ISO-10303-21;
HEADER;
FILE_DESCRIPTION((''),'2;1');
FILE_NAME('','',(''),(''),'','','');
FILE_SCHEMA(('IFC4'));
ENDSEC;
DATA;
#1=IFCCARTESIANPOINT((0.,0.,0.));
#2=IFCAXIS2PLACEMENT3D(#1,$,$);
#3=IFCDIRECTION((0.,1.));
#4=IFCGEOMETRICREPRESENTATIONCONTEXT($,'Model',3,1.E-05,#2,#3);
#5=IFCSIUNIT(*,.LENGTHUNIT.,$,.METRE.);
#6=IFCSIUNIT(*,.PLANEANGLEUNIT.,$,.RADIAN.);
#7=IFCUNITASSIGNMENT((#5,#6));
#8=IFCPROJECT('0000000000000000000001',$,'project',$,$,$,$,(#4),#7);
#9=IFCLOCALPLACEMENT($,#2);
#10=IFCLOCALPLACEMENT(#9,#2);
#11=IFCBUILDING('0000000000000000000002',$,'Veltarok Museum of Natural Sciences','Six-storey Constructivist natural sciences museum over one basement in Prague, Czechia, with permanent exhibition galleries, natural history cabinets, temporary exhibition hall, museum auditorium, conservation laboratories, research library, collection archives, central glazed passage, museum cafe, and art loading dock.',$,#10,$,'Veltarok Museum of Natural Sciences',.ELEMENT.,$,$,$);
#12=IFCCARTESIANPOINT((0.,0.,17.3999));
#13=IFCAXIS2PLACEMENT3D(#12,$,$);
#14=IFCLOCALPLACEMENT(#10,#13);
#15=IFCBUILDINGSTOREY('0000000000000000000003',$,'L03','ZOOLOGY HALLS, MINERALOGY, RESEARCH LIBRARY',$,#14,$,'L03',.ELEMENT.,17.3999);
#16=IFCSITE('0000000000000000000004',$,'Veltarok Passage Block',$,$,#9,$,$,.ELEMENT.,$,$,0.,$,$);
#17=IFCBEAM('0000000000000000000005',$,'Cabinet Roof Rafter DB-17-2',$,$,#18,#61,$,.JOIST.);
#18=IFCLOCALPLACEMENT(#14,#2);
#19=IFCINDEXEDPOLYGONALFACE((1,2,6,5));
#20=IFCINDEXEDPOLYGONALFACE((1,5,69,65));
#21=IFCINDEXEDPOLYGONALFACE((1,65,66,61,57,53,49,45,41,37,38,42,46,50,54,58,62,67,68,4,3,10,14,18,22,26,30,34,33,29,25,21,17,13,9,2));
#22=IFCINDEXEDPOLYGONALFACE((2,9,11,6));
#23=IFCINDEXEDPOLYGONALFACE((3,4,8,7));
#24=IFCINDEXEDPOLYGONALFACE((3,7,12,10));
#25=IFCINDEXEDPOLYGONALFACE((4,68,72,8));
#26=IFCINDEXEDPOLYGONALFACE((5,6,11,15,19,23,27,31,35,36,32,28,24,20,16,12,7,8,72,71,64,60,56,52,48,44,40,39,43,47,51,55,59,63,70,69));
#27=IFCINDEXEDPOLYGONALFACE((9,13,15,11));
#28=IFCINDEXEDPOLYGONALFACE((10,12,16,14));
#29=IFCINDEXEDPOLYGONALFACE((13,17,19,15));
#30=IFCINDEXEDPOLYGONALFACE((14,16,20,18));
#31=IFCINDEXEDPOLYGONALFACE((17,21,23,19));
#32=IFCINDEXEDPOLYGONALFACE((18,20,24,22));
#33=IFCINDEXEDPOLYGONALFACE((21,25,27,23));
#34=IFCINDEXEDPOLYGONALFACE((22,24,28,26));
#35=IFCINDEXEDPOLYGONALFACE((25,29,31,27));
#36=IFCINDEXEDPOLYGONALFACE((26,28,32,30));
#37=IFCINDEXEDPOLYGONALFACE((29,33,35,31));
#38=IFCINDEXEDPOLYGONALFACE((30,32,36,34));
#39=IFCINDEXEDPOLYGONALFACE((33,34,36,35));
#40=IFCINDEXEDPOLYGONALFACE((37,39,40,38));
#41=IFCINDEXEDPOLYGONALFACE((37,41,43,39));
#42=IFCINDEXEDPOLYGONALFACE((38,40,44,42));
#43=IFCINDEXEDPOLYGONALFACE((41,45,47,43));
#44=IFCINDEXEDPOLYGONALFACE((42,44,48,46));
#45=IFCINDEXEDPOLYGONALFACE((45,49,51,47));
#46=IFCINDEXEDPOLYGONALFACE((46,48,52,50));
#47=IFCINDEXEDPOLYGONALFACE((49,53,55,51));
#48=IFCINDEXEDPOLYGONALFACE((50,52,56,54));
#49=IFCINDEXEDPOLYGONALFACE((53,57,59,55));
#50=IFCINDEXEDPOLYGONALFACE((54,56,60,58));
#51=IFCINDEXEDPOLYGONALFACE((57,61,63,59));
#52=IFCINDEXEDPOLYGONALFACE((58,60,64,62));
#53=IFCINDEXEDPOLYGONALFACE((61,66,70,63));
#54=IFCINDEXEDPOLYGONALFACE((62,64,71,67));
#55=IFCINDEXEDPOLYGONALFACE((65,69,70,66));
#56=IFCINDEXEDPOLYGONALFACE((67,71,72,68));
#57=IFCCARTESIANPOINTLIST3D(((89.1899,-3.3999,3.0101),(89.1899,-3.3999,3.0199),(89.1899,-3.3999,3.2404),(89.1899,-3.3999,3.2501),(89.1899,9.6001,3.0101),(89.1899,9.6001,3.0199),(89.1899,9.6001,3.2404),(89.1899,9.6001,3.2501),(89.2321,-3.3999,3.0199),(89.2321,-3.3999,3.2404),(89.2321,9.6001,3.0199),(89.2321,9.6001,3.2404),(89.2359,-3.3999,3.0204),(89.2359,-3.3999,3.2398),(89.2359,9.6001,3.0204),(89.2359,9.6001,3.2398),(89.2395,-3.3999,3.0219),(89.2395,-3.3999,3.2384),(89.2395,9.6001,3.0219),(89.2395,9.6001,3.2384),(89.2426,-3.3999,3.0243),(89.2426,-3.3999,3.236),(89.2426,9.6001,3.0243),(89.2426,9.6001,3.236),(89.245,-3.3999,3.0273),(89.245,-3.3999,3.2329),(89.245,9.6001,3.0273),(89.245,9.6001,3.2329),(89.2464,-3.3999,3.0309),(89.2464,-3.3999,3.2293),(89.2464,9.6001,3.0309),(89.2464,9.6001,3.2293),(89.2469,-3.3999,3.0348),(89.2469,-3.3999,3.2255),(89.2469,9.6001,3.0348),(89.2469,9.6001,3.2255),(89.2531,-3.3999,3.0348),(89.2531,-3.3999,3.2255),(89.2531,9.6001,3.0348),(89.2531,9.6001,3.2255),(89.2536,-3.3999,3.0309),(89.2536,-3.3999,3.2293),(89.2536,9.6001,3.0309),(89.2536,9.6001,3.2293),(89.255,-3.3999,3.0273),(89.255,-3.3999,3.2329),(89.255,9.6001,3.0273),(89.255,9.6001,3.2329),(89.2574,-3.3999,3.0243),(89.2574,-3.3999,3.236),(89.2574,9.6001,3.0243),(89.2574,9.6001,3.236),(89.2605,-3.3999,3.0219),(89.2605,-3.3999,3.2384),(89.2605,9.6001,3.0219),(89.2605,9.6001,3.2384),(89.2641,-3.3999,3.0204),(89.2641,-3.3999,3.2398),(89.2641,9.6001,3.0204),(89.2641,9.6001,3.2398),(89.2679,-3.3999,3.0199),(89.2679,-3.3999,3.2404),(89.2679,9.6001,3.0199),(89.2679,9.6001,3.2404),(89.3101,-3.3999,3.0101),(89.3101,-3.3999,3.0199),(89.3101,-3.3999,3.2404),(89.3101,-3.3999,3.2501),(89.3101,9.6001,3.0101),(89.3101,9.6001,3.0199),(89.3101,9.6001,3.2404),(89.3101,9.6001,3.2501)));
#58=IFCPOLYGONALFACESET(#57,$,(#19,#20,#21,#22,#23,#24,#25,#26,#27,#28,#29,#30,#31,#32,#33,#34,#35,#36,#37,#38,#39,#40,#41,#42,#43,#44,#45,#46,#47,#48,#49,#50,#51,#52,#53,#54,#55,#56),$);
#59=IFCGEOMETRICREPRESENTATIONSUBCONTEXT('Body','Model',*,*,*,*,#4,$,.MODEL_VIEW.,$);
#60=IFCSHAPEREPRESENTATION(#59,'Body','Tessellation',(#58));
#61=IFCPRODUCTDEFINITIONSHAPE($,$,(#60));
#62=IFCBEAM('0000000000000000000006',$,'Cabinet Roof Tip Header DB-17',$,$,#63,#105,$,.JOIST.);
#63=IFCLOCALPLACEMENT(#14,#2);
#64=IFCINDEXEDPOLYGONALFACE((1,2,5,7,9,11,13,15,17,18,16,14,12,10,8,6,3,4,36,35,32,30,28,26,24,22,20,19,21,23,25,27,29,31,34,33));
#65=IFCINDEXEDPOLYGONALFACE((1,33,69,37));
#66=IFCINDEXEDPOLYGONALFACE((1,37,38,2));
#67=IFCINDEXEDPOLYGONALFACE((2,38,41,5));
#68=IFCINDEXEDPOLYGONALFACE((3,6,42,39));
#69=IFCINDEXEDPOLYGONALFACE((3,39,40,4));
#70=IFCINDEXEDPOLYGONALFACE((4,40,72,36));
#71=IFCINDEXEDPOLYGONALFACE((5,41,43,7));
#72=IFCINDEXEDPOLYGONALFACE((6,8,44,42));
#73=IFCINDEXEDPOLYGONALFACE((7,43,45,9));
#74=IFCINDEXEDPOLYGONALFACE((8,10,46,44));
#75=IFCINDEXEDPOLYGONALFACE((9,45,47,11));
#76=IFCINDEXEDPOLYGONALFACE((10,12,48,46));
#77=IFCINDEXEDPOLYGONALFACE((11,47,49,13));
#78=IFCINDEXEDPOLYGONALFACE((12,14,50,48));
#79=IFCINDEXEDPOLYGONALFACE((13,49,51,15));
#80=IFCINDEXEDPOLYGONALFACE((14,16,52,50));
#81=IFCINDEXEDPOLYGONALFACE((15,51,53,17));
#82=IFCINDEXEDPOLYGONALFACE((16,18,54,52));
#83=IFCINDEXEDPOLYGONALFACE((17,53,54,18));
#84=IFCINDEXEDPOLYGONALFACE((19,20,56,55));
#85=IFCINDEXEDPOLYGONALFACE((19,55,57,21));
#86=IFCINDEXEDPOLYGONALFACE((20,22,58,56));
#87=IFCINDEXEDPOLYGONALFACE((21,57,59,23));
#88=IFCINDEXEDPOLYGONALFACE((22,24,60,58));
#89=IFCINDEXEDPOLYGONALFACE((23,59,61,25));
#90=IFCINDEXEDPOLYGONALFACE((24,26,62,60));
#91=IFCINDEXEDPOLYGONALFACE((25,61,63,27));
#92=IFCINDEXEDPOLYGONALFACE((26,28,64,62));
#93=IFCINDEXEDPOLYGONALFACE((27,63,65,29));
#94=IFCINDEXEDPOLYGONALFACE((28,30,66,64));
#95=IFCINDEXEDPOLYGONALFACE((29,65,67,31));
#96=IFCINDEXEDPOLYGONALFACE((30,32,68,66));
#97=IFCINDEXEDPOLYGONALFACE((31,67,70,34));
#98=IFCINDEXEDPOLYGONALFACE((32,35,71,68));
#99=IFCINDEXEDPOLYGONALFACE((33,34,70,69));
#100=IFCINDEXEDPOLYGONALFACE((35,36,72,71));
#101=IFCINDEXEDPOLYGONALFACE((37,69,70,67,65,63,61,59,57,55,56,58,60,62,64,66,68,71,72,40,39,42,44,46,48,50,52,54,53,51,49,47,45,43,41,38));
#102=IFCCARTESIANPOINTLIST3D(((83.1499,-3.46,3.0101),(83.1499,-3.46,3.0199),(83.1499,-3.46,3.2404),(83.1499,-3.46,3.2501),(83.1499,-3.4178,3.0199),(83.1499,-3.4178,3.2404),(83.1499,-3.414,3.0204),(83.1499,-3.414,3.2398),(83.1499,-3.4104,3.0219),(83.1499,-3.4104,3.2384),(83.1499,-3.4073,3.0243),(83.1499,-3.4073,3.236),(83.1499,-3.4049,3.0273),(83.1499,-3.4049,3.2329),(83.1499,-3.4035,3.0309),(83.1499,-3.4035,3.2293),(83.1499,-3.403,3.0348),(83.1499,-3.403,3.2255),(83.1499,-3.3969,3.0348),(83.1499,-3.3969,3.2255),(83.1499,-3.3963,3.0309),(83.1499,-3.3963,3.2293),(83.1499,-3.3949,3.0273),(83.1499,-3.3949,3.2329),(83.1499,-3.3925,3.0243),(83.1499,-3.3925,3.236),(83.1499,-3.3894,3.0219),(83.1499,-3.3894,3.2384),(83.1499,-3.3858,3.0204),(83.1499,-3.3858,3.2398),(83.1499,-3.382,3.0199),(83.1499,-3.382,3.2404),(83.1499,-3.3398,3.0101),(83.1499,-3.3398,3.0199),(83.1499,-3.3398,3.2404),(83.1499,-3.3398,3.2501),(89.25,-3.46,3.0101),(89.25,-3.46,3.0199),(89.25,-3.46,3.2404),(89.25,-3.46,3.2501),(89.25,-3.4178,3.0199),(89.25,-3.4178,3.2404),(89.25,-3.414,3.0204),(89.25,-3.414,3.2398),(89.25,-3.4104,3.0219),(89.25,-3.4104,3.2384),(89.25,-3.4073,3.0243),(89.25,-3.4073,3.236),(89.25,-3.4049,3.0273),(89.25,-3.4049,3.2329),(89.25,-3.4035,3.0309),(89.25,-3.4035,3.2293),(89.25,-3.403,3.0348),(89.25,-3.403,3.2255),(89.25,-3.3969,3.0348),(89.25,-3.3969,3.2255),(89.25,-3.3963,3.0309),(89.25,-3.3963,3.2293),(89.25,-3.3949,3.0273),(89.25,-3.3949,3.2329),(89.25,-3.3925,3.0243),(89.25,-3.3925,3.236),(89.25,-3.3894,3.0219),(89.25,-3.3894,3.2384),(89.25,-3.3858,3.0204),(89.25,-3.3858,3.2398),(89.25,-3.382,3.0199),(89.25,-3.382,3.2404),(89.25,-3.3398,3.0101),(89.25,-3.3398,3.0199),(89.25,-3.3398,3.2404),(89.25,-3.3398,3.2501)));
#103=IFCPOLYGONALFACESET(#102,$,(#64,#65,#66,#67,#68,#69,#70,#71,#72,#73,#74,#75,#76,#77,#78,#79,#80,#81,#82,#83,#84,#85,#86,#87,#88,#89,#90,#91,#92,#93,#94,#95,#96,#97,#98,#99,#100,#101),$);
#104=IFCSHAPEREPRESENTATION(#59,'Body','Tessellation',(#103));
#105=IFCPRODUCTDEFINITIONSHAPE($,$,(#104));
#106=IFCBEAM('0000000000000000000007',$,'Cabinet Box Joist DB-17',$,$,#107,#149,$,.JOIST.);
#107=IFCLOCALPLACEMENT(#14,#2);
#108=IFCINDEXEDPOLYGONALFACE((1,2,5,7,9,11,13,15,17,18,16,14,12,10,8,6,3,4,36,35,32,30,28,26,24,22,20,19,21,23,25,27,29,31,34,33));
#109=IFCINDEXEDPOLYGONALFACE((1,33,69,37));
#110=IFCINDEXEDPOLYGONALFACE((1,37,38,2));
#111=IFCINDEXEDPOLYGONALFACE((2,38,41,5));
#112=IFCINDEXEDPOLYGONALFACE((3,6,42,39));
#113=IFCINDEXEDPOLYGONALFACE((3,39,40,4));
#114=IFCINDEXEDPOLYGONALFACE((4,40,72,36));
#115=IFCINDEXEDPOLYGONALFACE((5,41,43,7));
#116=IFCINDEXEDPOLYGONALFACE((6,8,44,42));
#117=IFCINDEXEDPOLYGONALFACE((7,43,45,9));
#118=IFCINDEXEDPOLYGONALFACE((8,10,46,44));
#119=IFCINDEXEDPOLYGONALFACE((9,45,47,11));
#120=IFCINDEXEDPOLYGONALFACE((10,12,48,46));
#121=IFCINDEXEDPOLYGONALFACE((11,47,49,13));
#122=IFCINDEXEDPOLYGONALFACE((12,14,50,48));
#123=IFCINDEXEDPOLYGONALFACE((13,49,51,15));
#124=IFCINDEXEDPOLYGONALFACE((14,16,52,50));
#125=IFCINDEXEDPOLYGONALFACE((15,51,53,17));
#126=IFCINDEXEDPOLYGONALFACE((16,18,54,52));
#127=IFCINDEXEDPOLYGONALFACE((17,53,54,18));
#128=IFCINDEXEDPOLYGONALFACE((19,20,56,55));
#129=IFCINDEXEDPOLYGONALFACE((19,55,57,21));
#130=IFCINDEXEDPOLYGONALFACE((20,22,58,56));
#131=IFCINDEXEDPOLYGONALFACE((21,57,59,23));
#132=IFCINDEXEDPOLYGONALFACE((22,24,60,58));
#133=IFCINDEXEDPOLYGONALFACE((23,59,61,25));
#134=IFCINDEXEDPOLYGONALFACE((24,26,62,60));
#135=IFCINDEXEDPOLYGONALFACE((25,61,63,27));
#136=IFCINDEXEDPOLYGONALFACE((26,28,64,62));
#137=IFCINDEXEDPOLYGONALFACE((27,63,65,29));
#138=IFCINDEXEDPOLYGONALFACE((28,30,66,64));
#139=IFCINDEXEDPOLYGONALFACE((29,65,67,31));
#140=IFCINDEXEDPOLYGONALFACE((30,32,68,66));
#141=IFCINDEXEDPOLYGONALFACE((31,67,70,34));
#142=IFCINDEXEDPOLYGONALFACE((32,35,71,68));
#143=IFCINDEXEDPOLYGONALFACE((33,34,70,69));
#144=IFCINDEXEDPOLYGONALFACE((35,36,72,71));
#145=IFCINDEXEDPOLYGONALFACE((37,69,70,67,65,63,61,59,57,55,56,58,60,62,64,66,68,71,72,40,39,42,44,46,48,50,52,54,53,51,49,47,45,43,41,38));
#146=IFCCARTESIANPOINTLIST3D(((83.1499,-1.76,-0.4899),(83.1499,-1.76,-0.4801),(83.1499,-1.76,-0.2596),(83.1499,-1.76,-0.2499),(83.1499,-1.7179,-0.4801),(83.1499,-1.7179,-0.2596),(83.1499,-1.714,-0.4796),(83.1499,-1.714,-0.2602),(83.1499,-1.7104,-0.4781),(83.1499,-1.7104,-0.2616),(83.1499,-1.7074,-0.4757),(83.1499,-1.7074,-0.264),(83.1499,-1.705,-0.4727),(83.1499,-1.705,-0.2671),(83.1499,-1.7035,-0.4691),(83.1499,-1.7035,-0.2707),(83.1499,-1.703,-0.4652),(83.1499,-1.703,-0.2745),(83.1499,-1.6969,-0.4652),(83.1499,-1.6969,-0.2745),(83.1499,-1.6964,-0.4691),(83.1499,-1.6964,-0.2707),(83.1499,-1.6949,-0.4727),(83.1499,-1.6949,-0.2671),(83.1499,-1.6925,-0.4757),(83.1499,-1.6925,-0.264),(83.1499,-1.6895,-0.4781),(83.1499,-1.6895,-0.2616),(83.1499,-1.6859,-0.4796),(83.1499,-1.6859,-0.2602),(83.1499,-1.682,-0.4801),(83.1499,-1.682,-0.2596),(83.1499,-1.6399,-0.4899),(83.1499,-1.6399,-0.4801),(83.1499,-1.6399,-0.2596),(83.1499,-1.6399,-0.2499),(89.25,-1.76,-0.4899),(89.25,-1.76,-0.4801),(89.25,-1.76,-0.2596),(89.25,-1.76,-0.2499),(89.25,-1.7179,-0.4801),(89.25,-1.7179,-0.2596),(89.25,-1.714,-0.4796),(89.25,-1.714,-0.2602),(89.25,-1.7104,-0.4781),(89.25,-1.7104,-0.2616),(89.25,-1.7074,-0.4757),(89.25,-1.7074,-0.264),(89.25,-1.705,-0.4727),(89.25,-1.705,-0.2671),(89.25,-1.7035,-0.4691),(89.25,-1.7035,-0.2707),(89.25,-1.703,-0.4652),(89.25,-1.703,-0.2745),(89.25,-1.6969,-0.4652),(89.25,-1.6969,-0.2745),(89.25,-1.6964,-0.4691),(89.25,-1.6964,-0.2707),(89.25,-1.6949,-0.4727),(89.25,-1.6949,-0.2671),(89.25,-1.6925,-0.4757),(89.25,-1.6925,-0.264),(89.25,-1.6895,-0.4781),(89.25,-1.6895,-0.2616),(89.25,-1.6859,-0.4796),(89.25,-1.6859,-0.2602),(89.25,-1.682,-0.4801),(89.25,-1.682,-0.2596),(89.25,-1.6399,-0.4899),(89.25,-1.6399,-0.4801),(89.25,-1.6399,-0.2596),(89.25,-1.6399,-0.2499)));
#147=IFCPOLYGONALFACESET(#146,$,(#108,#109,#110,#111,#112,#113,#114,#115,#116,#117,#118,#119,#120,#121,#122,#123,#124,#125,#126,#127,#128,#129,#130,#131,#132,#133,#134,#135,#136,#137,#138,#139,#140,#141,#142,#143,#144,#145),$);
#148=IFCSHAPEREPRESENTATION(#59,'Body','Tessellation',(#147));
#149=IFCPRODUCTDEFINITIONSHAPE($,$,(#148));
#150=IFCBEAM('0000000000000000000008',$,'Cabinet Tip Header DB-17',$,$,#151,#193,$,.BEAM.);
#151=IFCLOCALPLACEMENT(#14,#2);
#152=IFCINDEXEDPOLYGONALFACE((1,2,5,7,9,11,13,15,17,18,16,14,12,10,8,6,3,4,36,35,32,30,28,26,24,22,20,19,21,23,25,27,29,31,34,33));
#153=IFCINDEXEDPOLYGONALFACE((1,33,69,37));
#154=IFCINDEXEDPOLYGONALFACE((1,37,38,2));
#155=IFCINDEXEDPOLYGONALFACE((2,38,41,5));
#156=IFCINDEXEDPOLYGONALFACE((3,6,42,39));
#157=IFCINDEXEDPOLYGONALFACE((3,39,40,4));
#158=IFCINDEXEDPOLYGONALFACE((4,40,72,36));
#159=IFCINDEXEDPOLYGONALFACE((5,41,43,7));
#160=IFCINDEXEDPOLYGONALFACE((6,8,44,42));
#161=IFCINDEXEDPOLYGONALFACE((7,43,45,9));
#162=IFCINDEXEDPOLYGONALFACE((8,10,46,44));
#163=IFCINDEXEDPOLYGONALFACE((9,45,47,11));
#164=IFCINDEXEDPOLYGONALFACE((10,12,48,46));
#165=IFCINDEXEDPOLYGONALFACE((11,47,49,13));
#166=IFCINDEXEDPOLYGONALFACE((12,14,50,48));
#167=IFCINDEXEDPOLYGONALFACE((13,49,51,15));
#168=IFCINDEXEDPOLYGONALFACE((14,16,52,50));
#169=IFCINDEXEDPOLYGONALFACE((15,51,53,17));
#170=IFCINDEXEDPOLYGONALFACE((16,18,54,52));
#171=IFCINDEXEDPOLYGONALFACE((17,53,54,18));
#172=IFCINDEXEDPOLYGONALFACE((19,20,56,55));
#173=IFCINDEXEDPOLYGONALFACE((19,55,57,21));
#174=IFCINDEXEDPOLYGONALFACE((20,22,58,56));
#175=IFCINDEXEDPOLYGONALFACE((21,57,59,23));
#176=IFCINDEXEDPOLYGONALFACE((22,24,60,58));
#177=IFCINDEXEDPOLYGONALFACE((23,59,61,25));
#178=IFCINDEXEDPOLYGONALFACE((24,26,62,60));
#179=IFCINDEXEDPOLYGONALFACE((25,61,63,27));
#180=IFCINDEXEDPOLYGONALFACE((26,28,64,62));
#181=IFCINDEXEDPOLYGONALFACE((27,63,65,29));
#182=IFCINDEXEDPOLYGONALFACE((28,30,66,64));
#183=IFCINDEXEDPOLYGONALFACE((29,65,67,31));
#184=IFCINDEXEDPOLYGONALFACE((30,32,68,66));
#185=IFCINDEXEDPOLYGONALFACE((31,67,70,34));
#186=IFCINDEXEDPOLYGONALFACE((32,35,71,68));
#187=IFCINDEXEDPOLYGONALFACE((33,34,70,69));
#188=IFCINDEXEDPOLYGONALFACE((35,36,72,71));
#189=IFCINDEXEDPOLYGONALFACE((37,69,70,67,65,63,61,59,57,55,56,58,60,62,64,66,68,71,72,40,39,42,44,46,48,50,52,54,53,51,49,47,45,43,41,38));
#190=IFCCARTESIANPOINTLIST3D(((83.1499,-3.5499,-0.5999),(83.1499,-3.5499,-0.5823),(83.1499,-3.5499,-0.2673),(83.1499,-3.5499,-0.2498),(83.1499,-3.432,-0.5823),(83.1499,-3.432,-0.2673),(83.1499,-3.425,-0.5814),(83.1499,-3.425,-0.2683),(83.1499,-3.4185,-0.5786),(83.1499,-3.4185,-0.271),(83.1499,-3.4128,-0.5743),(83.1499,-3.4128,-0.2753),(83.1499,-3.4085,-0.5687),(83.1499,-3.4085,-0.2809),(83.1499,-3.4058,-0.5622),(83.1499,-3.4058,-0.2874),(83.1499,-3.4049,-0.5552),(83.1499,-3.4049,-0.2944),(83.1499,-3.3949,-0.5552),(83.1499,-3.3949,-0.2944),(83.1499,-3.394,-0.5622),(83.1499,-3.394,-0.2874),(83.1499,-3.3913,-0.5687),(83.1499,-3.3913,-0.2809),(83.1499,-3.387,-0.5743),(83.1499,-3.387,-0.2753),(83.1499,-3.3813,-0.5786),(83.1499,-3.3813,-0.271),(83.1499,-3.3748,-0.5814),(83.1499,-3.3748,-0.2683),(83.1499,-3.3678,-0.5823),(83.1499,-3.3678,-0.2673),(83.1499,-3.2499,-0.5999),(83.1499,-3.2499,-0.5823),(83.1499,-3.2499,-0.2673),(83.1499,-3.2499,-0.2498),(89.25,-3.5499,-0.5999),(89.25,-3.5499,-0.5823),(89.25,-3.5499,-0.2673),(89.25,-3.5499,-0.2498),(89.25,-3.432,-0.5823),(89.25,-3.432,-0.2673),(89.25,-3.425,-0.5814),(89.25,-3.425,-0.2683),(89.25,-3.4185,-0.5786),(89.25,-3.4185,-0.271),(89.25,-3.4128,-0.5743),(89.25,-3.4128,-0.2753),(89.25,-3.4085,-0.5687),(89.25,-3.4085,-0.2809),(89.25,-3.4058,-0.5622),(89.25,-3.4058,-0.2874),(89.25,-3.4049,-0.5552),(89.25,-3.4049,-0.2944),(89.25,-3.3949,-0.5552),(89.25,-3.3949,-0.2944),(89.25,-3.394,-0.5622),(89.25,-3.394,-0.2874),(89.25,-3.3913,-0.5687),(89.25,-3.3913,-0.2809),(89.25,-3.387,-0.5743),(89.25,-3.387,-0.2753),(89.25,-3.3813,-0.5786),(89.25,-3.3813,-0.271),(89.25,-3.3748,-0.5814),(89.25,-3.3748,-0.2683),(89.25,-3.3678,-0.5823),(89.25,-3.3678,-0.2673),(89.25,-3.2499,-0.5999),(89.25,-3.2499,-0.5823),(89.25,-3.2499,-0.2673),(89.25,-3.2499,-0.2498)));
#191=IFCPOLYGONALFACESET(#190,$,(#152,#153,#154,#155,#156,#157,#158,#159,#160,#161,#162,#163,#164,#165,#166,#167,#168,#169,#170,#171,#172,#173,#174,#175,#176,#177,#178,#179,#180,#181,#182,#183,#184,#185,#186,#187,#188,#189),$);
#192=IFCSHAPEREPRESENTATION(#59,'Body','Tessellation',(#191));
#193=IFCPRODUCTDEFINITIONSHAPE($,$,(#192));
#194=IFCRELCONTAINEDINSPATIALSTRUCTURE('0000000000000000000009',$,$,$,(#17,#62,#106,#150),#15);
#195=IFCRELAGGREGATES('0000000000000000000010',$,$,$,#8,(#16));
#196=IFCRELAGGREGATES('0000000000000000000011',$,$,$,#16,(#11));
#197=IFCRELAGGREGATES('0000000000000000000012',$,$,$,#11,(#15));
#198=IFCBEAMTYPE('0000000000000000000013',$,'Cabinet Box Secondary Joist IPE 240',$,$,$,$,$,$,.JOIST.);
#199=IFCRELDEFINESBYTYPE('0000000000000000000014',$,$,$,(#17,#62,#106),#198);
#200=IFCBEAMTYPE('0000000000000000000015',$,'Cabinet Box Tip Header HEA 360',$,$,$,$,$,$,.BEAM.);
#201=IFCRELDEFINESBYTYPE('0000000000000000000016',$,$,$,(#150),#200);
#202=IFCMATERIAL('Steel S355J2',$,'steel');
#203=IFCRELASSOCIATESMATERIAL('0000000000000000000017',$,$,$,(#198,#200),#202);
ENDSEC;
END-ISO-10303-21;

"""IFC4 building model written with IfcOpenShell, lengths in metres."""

from ifc_helpers import new_model, si_unit, direction, frame, origin, origin_2d, place, context, subcontext, project, spatial, i_section, extrude, material, material_profile, profile_set, type_object, element, save


model = new_model("IFC4")

# Units and contexts
model_context = context("Model", 3, precision=1e-05, world=origin(), true_north=direction((0.0, 1.0)))
body_context = subcontext(model_context, "Body", "Model", "MODEL_VIEW")
ifc_project = project(units=[si_unit("LENGTHUNIT", "METRE"), si_unit("PLANEANGLEUNIT", "RADIAN")], contexts=[model_context])

# Site, building, storey
site_placement = place(None, origin())
site = spatial("IfcSite", under=ifc_project, at=site_placement, Name="Veltarok Passage Block", CompositionType="ELEMENT", RefElevation=0.0)
building_placement = place(site_placement, origin())
building = spatial("IfcBuilding", under=site, at=building_placement, Name="Veltarok Museum of Natural Sciences", Description="Six-storey Constructivist natural sciences museum over one basement in Prague, Czechia, with permanent exhibition galleries, natural history cabinets, temporary exhibition hall, museum auditorium, conservation laboratories, research library, collection archives, central glazed passage, museum cafe, and art loading dock.", LongName="Veltarok Museum of Natural Sciences", CompositionType="ELEMENT")
storey_placement = place(building_placement, frame((0.0, 0.0, 17.3999)))
storey = spatial("IfcBuildingStorey", under=building, at=storey_placement, Name="L03", Description="ZOOLOGY HALLS, MINERALOGY, RESEARCH LIBRARY", LongName="L03", CompositionType="ELEMENT", Elevation=17.3999)

# Beams
ifc_material_1 = material(Name="Steel S355J2", Category="steel")
ifc_material_profile_1 = material_profile(ifc_material_1, i_section(OverallWidth=0.1201, OverallDepth=0.24, WebThickness=0.0061, FlangeThickness=0.0098, FilletRadius=0.0149, at=origin_2d()), Name="IPE 240")
ifc_profile_set_1 = profile_set([ifc_material_profile_1], Name="Steel S355J2")
beam_type_1 = type_object("IfcBeamType", Name="Cabinet Box Secondary Joist IPE 240", PredefinedType="JOIST", material=ifc_profile_set_1)
for number, where, z_axis, x_axis, name in (
    (1, (89.25, -3.3999, 3.1301), (0.0, 1.0, 0.0), (-1.0, 0.0, 0.0), "Cabinet Roof Rafter DB-17-2"),
):
    element("IfcBeam", number, at=place(storey_placement, frame(where, z_axis=z_axis, x_axis=x_axis)), inside=storey, type_object=beam_type_1, Name=name, PredefinedType="JOIST", context=body_context, shape_type="SweptSolid", body=[
        extrude(i_section(OverallWidth=0.1201, OverallDepth=0.24, WebThickness=0.0061, FlangeThickness=0.0098, FilletRadius=0.0149, at=origin_2d()), origin(), (0.0, 0.0, 1.0), 13.0),
    ])
for number, where, z_axis, x_axis, name in (
    (2, (83.1499, -3.3999, 3.1301), (1.0, 0.0, 0.0), (0.0, 1.0, 0.0), "Cabinet Roof Tip Header DB-17"),
    (3, (83.1499, -1.7, -0.3699), (1.0, 0.0, 0.0), (0.0, 1.0, 0.0), "Cabinet Box Joist DB-17"),
):
    element("IfcBeam", number, at=place(storey_placement, frame(where, z_axis=z_axis, x_axis=x_axis)), inside=storey, type_object=beam_type_1, Name=name, PredefinedType="JOIST", context=body_context, shape_type="SweptSolid", body=[
        extrude(i_section(OverallWidth=0.1201, OverallDepth=0.24, WebThickness=0.0061, FlangeThickness=0.0098, FilletRadius=0.0149, at=origin_2d()), origin(), (0.0, 0.0, 1.0), 6.1001),
    ])
ifc_material_profile_2 = material_profile(ifc_material_1, i_section(OverallWidth=0.3, OverallDepth=0.3501, WebThickness=0.01, FlangeThickness=0.0176, FilletRadius=0.0271, at=origin_2d()), Name="HEA 360")
ifc_profile_set_2 = profile_set([ifc_material_profile_2], Name="Steel S355J2")
beam_type_2 = type_object("IfcBeamType", Name="Cabinet Box Tip Header HEA 360", PredefinedType="BEAM", material=ifc_profile_set_2)
beam_1_placement = place(storey_placement, frame((83.1499, -3.3999, -0.4248), z_axis=(1.0, 0.0, 0.0), x_axis=(0.0, 1.0, 0.0)))
element("IfcBeam", 4, at=beam_1_placement, inside=storey, type_object=beam_type_2, Name="Cabinet Tip Header DB-17", PredefinedType="BEAM", context=body_context, shape_type="SweptSolid", body=[
    extrude(i_section(OverallWidth=0.3, OverallDepth=0.3501, WebThickness=0.01, FlangeThickness=0.0176, FilletRadius=0.0271, at=origin_2d()), origin(), (0.0, 0.0, 1.0), 6.1001),
])

save(model, "model.ifc")
